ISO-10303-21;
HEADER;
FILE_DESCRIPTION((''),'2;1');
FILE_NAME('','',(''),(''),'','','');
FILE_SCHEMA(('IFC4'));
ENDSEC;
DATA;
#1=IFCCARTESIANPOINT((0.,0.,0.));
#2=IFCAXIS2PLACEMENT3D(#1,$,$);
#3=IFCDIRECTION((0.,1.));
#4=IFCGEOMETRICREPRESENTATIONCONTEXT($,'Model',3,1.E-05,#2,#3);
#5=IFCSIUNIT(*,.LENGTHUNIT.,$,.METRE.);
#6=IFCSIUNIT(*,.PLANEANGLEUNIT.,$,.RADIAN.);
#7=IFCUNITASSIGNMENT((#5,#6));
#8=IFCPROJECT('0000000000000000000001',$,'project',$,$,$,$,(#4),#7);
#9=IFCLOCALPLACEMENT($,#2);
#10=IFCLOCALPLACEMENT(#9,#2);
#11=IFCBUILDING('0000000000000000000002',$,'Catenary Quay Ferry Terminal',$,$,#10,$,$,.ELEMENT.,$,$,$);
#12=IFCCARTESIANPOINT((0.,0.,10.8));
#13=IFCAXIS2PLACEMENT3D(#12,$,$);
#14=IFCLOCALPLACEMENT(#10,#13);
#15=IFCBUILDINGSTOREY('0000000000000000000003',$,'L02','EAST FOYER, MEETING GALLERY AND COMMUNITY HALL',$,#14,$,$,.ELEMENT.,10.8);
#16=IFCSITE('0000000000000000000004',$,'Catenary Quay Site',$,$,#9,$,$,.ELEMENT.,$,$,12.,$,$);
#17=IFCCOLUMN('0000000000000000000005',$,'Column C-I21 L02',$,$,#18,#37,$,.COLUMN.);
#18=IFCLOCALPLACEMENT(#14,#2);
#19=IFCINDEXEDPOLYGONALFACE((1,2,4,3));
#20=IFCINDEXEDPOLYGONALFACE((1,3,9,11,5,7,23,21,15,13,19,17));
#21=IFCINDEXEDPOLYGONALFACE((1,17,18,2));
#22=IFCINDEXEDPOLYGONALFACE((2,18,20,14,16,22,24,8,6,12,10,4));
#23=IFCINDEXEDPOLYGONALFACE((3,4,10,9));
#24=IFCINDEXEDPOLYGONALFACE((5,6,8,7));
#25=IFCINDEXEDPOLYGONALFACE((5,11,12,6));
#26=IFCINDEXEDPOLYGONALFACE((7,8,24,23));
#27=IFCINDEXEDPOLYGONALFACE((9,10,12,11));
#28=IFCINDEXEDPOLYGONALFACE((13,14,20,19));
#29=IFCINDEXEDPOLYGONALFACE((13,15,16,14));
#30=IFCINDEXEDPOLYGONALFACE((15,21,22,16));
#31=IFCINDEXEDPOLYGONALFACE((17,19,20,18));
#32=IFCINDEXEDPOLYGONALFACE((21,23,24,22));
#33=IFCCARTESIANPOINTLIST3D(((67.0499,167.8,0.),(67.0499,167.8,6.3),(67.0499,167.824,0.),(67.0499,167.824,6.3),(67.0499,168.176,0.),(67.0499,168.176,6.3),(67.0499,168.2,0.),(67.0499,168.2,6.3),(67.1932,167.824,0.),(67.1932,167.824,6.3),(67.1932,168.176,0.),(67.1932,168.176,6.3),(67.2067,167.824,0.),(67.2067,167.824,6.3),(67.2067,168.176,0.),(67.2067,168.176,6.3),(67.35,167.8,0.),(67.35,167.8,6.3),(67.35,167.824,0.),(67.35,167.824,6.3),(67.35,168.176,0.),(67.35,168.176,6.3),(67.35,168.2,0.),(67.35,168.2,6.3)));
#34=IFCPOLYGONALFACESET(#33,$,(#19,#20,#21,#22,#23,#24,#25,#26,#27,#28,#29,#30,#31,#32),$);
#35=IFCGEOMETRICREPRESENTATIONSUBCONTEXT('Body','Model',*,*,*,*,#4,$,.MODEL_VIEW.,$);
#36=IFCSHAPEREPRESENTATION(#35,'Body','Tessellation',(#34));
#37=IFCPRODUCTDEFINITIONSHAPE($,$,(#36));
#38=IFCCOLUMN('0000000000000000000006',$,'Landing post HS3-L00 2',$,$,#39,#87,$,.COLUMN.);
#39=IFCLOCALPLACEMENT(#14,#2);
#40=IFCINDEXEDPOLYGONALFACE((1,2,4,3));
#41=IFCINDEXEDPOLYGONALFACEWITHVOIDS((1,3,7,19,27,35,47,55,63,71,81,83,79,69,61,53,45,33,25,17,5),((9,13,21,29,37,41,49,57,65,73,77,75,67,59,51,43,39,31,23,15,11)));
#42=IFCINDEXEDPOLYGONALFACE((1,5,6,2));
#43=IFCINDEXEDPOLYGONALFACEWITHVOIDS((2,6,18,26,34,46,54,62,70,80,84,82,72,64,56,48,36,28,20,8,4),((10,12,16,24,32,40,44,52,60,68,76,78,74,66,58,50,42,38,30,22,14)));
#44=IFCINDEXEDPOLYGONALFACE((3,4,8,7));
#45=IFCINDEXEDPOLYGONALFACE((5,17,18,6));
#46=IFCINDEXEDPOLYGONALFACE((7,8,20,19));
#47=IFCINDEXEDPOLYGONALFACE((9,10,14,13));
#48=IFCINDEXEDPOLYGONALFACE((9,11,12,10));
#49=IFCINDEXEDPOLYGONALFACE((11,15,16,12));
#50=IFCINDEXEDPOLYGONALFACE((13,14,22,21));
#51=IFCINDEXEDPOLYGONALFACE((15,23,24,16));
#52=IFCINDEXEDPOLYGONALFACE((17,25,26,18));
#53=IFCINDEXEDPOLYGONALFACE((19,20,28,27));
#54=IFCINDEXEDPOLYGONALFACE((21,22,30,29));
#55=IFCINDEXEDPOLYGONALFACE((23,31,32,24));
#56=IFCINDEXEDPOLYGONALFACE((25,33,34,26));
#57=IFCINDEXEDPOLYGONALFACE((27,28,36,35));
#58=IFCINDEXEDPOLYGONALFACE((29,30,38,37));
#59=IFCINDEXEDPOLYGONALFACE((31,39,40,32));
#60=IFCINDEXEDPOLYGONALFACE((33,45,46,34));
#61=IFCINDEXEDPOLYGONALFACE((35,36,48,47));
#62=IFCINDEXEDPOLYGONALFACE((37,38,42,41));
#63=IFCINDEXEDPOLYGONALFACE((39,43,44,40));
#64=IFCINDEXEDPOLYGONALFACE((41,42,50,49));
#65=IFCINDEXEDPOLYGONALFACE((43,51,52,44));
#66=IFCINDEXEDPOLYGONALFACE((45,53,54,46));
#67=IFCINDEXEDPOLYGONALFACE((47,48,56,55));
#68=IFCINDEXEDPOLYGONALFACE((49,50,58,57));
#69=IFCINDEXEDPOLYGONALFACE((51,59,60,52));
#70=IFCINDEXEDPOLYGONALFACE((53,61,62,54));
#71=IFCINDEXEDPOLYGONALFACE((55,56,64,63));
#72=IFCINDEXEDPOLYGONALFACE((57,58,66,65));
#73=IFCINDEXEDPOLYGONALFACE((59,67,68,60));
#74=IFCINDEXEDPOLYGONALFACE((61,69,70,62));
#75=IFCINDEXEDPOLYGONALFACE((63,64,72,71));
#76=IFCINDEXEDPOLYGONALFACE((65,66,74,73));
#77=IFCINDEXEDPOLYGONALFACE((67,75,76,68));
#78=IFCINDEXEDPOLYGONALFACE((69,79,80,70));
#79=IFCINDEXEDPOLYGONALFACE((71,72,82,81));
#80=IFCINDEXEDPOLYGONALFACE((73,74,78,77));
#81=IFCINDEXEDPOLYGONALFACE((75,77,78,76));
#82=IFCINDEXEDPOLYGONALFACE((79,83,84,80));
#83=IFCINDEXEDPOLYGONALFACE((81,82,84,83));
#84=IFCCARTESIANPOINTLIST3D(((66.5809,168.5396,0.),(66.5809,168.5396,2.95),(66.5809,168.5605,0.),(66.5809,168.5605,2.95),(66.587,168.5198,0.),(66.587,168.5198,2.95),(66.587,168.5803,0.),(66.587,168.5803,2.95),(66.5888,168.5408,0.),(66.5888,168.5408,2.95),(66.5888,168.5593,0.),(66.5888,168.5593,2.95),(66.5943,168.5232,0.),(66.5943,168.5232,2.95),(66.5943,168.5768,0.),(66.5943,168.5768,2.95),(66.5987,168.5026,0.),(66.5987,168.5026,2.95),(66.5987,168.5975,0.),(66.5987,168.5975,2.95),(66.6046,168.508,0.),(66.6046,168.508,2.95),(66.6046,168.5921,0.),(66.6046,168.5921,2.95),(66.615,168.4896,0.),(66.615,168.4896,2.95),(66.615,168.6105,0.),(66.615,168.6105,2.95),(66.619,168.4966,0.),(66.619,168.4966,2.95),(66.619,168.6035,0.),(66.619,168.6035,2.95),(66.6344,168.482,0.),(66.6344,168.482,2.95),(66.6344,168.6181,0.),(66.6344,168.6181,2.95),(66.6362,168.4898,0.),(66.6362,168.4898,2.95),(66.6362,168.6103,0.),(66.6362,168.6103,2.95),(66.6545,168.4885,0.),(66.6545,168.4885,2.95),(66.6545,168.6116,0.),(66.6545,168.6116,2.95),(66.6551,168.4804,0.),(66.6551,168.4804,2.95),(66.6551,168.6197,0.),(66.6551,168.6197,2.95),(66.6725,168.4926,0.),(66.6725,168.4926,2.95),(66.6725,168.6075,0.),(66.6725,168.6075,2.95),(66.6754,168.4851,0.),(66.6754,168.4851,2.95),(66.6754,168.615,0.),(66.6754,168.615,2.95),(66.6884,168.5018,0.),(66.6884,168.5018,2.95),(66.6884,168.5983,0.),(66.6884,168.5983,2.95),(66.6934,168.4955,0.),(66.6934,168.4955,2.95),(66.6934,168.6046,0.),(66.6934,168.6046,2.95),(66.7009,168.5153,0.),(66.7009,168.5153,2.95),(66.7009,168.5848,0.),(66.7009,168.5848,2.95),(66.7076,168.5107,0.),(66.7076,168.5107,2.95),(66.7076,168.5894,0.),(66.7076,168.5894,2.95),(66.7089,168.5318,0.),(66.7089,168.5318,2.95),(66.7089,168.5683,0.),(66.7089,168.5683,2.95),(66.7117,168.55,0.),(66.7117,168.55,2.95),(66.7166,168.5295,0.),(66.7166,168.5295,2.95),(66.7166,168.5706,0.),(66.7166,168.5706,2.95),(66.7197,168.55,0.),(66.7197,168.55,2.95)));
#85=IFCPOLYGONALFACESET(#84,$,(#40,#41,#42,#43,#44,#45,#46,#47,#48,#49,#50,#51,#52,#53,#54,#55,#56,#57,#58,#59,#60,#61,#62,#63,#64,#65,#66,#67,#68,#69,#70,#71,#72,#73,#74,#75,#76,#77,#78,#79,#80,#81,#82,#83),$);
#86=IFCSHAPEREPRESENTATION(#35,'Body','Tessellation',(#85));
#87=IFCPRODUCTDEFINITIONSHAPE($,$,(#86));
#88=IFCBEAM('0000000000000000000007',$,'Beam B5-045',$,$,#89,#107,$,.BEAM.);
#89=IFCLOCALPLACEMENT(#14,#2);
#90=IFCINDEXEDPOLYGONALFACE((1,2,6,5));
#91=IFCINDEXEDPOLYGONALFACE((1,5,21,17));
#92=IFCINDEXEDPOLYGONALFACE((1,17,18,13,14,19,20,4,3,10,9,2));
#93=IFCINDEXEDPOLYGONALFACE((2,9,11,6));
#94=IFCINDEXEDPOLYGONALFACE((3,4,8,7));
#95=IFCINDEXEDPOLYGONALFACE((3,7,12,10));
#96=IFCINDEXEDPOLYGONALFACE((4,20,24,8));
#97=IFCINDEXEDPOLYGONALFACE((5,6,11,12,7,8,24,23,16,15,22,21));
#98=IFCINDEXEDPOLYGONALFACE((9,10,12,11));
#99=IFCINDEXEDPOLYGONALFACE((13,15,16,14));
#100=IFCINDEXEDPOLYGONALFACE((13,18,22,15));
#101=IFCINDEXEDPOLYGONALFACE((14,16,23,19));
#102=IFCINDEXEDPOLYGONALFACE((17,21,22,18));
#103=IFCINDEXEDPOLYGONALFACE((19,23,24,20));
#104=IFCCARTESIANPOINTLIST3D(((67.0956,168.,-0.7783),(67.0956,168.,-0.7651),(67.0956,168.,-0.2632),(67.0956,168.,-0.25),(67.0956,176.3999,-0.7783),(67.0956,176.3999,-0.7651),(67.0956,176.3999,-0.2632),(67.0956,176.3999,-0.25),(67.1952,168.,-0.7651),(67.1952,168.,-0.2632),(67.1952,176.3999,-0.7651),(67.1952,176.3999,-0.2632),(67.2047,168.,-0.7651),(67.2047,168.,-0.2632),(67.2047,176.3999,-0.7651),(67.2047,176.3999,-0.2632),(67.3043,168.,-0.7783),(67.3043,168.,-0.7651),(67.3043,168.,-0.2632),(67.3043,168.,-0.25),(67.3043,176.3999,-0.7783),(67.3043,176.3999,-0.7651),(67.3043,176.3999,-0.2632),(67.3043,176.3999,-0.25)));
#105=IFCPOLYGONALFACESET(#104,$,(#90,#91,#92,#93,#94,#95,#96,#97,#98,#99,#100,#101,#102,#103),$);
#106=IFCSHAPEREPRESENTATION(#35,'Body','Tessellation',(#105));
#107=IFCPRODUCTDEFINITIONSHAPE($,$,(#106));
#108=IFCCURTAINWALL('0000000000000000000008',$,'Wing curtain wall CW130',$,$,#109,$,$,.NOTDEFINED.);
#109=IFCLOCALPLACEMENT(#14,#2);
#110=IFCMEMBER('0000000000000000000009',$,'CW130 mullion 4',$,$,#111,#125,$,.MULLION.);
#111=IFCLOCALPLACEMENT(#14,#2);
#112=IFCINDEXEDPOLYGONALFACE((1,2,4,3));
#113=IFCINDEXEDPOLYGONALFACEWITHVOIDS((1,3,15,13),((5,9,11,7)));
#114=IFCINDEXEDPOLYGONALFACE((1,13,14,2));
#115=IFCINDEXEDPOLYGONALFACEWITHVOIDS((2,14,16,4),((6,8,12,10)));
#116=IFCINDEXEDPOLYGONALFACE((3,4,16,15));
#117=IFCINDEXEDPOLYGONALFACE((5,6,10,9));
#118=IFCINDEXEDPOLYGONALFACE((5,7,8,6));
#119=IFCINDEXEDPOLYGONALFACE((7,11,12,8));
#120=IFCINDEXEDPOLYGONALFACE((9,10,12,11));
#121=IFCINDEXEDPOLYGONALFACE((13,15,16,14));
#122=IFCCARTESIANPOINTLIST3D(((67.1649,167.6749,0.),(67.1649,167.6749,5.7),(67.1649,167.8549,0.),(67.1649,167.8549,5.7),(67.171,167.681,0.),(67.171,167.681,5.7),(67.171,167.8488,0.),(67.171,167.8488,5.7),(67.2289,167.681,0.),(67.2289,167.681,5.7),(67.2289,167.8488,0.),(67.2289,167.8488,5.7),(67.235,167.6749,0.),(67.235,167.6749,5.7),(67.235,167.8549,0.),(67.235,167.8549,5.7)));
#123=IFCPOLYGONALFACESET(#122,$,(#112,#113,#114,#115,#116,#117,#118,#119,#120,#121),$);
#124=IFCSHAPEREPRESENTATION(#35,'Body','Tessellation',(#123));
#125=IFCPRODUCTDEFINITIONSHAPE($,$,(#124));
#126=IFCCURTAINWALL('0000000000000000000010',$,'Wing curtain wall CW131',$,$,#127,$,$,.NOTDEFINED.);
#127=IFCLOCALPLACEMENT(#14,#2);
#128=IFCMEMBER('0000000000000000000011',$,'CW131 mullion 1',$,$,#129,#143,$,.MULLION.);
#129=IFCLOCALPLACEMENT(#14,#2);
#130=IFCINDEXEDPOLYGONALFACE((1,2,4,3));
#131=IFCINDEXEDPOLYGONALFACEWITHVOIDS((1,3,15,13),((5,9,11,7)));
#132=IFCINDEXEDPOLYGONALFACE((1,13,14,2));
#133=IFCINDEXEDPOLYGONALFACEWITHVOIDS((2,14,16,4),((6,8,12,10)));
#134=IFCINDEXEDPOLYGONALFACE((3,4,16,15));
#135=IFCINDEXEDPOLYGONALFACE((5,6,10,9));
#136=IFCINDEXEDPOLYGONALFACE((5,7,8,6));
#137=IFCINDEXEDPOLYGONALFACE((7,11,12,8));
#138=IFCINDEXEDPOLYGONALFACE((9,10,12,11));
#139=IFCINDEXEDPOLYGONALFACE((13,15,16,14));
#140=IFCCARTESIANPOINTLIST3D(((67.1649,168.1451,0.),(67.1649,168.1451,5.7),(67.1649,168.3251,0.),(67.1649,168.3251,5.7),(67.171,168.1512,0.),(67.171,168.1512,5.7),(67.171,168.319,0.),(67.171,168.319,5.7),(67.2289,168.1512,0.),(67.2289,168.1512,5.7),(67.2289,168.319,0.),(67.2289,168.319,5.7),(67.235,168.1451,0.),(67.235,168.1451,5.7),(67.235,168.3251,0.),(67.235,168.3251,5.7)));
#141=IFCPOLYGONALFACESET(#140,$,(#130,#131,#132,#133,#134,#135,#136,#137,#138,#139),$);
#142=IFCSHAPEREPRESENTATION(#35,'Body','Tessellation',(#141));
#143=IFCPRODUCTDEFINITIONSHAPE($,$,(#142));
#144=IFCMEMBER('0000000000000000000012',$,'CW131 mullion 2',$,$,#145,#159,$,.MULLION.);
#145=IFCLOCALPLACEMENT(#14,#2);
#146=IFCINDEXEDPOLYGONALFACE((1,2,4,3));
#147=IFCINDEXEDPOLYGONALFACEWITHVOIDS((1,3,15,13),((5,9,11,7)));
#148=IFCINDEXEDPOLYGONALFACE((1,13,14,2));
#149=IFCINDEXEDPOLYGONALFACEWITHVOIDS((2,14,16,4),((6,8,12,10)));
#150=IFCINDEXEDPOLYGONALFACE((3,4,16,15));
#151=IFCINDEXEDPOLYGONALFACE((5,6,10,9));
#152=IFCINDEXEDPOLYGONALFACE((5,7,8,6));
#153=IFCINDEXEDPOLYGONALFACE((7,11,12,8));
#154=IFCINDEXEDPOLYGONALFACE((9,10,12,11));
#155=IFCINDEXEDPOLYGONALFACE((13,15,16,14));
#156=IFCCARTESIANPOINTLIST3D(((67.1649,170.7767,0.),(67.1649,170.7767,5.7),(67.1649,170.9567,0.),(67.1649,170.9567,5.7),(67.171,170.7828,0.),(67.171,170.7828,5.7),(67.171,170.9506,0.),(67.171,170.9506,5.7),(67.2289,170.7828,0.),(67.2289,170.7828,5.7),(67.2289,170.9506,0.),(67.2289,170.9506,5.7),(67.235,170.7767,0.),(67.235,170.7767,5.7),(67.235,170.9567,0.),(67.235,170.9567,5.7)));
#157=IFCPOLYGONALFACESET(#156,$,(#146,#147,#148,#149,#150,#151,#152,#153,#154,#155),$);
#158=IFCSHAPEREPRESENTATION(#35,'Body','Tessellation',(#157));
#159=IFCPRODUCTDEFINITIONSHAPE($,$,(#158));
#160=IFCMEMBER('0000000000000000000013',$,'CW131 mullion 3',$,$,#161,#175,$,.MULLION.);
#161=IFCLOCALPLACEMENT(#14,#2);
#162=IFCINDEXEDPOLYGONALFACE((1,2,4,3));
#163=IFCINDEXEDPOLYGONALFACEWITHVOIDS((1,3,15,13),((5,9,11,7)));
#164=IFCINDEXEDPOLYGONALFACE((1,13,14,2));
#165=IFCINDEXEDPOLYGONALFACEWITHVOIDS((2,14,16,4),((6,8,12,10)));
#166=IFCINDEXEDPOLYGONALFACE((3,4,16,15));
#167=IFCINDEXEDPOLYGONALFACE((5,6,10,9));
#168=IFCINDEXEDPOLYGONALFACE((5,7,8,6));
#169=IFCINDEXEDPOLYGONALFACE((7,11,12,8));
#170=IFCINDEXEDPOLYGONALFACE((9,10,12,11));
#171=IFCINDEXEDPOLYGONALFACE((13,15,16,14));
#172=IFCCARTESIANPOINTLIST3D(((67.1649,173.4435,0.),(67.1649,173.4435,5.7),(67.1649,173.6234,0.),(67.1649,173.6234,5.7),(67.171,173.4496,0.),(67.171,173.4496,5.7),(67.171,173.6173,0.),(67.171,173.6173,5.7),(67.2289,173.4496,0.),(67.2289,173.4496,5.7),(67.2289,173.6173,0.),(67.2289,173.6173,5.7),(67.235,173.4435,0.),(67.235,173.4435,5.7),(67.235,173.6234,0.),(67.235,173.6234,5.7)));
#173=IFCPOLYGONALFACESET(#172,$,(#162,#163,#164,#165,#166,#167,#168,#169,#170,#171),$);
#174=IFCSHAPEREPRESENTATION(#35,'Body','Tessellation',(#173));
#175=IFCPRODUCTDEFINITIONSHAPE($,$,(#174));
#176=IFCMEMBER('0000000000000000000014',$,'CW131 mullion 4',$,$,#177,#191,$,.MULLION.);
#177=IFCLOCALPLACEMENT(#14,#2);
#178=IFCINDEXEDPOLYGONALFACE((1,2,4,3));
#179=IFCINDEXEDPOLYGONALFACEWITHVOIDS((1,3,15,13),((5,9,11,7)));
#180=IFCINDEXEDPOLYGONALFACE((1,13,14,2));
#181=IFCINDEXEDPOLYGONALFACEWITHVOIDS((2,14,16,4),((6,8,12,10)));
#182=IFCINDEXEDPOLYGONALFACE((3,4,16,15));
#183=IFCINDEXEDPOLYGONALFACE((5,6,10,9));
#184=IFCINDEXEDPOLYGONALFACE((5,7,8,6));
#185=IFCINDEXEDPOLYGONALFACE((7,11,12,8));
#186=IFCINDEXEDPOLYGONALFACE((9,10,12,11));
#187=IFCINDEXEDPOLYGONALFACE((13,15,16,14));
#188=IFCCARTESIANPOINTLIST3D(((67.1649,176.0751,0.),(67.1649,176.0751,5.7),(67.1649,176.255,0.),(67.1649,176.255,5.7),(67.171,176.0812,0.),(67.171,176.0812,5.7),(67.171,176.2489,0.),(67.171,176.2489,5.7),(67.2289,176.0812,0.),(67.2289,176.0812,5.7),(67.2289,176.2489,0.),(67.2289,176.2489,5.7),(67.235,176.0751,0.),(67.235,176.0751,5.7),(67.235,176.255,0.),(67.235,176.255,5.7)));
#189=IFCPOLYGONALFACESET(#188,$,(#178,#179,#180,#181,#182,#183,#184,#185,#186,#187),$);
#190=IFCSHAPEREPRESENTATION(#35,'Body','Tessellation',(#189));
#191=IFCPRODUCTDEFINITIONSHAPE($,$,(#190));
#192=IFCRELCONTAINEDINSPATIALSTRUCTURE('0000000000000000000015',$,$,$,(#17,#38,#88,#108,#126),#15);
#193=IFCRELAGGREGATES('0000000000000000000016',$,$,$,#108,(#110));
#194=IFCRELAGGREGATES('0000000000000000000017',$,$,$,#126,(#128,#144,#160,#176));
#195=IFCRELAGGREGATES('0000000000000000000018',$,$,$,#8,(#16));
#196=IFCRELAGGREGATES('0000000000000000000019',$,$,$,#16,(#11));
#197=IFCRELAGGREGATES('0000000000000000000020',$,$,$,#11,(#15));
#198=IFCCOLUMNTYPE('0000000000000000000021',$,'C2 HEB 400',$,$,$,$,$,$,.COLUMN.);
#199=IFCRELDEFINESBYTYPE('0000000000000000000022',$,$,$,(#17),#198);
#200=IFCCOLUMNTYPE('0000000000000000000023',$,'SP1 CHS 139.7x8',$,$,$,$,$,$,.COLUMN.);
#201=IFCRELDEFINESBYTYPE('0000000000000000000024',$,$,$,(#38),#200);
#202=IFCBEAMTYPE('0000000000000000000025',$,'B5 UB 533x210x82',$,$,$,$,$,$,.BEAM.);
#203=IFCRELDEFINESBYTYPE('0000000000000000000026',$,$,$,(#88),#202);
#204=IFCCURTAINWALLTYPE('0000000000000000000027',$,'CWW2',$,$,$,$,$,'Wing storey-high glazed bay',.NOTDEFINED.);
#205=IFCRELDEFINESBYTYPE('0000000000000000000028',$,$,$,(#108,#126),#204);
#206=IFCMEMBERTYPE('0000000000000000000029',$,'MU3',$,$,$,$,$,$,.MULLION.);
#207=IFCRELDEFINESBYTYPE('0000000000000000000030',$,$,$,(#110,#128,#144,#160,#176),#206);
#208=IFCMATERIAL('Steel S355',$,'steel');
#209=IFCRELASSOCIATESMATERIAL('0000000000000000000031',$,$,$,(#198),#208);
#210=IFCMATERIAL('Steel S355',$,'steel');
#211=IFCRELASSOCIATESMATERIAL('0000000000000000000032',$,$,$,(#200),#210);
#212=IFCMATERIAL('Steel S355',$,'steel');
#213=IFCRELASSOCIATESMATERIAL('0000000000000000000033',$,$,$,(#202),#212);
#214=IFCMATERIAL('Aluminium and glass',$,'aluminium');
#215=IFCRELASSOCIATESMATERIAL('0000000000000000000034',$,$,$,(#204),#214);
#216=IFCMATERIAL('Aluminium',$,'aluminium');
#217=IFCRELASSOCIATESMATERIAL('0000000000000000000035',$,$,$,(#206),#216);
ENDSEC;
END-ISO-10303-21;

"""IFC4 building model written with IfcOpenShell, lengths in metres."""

from ifc_helpers import new_model, si_unit, direction, frame, origin, origin_2d, place, context, subcontext, project, spatial, hollow_rectangle, hollow_circle, i_section, extrude, material, material_profile, profile_set, type_object, element, aggregate, save


model = new_model("IFC4")

# Units and contexts
model_context = context("Model", 3, precision=1e-05, world=origin(), true_north=direction((0.0, 1.0)))
body_context = subcontext(model_context, "Body", "Model", "MODEL_VIEW")
ifc_project = project(units=[si_unit("LENGTHUNIT", "METRE"), si_unit("PLANEANGLEUNIT", "RADIAN")], contexts=[model_context])

# Site, building, storey
site_placement = place(None, origin())
site = spatial("IfcSite", under=ifc_project, at=site_placement, Name="Catenary Quay Site", CompositionType="ELEMENT", RefElevation=12.0)
building_placement = place(site_placement, origin())
building = spatial("IfcBuilding", under=site, at=building_placement, Name="Catenary Quay Ferry Terminal", CompositionType="ELEMENT")
storey_placement = place(building_placement, frame((0.0, 0.0, 10.8)))
storey = spatial("IfcBuildingStorey", under=building, at=storey_placement, Name="L02", Description="EAST FOYER, MEETING GALLERY AND COMMUNITY HALL", CompositionType="ELEMENT", Elevation=10.8)

# Columns
ifc_material_1 = material(Name="Steel S355", Category="steel")
ifc_material_profile_1 = material_profile(ifc_material_1, i_section(OverallWidth=0.3, OverallDepth=0.3999, WebThickness=0.0134, FlangeThickness=0.0239, at=origin_2d()), Name="HEB 400")
ifc_profile_set_1 = profile_set([ifc_material_profile_1], Name="Steel S355")
column_type_1 = type_object("IfcColumnType", Name="C2 HEB 400", PredefinedType="COLUMN", material=ifc_profile_set_1)
column_1_placement = place(storey_placement, frame((67.2, 168.0, 0.0), z_axis=(0.0, 0.0, 1.0), x_axis=(1.0, 0.0, 0.0)))
element("IfcColumn", 1, at=column_1_placement, inside=storey, type_object=column_type_1, Name="Column C-I21 L02", PredefinedType="COLUMN", context=body_context, shape_type="SweptSolid", body=[
    extrude(i_section(OverallWidth=0.3, OverallDepth=0.3999, WebThickness=0.0134, FlangeThickness=0.0239, at=origin_2d()), origin(), (0.0, 0.0, 1.0), 6.3),
])
ifc_material_2 = material(Name="Steel S355", Category="steel")
ifc_material_profile_2 = material_profile(ifc_material_2, hollow_circle(Radius=0.0698, WallThickness=0.0081, at=origin_2d()), Name="CHS 139.7x8")
ifc_profile_set_2 = profile_set([ifc_material_profile_2], Name="Steel S355")
column_type_2 = type_object("IfcColumnType", Name="SP1 CHS 139.7x8", PredefinedType="COLUMN", material=ifc_profile_set_2)
column_2_placement = place(storey_placement, frame((66.6499, 168.55, 0.0), z_axis=(0.0, 0.0, 1.0), x_axis=(1.0, 0.0, 0.0)))
element("IfcColumn", 2, at=column_2_placement, inside=storey, type_object=column_type_2, Name="Landing post HS3-L00 2", PredefinedType="COLUMN", context=body_context, shape_type="SweptSolid", body=[
    extrude(hollow_circle(Radius=0.0698, WallThickness=0.0081, at=origin_2d()), origin(), (0.0, 0.0, 1.0), 2.95),
])

# Beam
ifc_material_3 = material(Name="Steel S355", Category="steel")
ifc_material_profile_3 = material_profile(ifc_material_3, i_section(OverallWidth=0.2087, OverallDepth=0.5283, WebThickness=0.0095, FlangeThickness=0.0132, at=origin_2d()), Name="UB 533x210x82")
ifc_profile_set_3 = profile_set([ifc_material_profile_3], Name="Steel S355")
beam_type = type_object("IfcBeamType", Name="B5 UB 533x210x82", PredefinedType="BEAM", material=ifc_profile_set_3)
beam_placement = place(storey_placement, frame((67.2, 168.0, -0.5142), z_axis=(0.0, 1.0, 0.0), x_axis=(-1.0, 0.0, 0.0)))
element("IfcBeam", 3, at=beam_placement, inside=storey, type_object=beam_type, Name="Beam B5-045", PredefinedType="BEAM", context=body_context, shape_type="SweptSolid", body=[
    extrude(i_section(OverallWidth=0.2087, OverallDepth=0.5283, WebThickness=0.0095, FlangeThickness=0.0132, at=origin_2d()), origin(), (0.0, 0.0, 1.0), 8.3999),
])

# Curtain wall, member
ifc_material_4 = material(Name="Aluminium and glass", Category="aluminium")
curtain_wall_type = type_object("IfcCurtainWallType", Name="CWW2", ElementType="Wing storey-high glazed bay", PredefinedType="NOTDEFINED", material=ifc_material_4)
curtain_wall_1_placement = place(storey_placement, origin())
curtain_wall_1 = element("IfcCurtainWall", 4, at=curtain_wall_1_placement, inside=storey, type_object=curtain_wall_type, Name="Wing curtain wall CW130", PredefinedType="NOTDEFINED")
ifc_material_5 = material(Name="Aluminium", Category="aluminium")
ifc_material_profile_4 = material_profile(ifc_material_5, hollow_rectangle(XDim=0.0701, YDim=0.1799, WallThickness=0.0061, at=origin_2d()), Name="MU3")
ifc_profile_set_4 = profile_set([ifc_material_profile_4], Name="Aluminium")
member_type_1 = type_object("IfcMemberType", Name="MU3", PredefinedType="MULLION", material=ifc_profile_set_4)
member_1_placement = place(storey_placement, frame((67.2, 167.7649, 0.0), z_axis=(0.0, 0.0, 1.0), x_axis=(-1.0, 0.0, 0.0)))
member_1 = element("IfcMember", 5, at=member_1_placement, type_object=member_type_1, Name="CW130 mullion 4", PredefinedType="MULLION", context=body_context, shape_type="SweptSolid", body=[
    extrude(hollow_rectangle(XDim=0.0701, YDim=0.1799, WallThickness=0.0061, at=origin_2d()), origin(), (0.0, 0.0, 1.0), 5.7),
])

# Curtain wall, members
curtain_wall_2_placement = place(storey_placement, origin())
curtain_wall_2 = element("IfcCurtainWall", 6, at=curtain_wall_2_placement, inside=storey, type_object=curtain_wall_type, Name="Wing curtain wall CW131", PredefinedType="NOTDEFINED")
member_2_placement = place(storey_placement, frame((67.2, 168.2351, 0.0), z_axis=(0.0, 0.0, 1.0), x_axis=(-1.0, 0.0, 0.0)))
member_2 = element("IfcMember", 7, at=member_2_placement, type_object=member_type_1, Name="CW131 mullion 1", PredefinedType="MULLION", context=body_context, shape_type="SweptSolid", body=[
    extrude(hollow_rectangle(XDim=0.0701, YDim=0.1799, WallThickness=0.0061, at=origin_2d()), origin(), (0.0, 0.0, 1.0), 5.7),
])
member_3_placement = place(storey_placement, frame((67.2, 170.8667, 0.0), z_axis=(0.0, 0.0, 1.0), x_axis=(-1.0, 0.0, 0.0)))
member_3 = element("IfcMember", 8, at=member_3_placement, type_object=member_type_1, Name="CW131 mullion 2", PredefinedType="MULLION", context=body_context, shape_type="SweptSolid", body=[
    extrude(hollow_rectangle(XDim=0.0701, YDim=0.1799, WallThickness=0.0061, at=origin_2d()), origin(), (0.0, 0.0, 1.0), 5.7),
])
member_4_placement = place(storey_placement, frame((67.2, 173.5334, 0.0), z_axis=(0.0, 0.0, 1.0), x_axis=(-1.0, 0.0, 0.0)))
member_4 = element("IfcMember", 9, at=member_4_placement, type_object=member_type_1, Name="CW131 mullion 3", PredefinedType="MULLION", context=body_context, shape_type="SweptSolid", body=[
    extrude(hollow_rectangle(XDim=0.0701, YDim=0.1799, WallThickness=0.0061, at=origin_2d()), origin(), (0.0, 0.0, 1.0), 5.7),
])
member_5_placement = place(storey_placement, frame((67.2, 176.165, 0.0), z_axis=(0.0, 0.0, 1.0), x_axis=(-1.0, 0.0, 0.0)))
member_5 = element("IfcMember", 10, at=member_5_placement, type_object=member_type_1, Name="CW131 mullion 4", PredefinedType="MULLION", context=body_context, shape_type="SweptSolid", body=[
    extrude(hollow_rectangle(XDim=0.0701, YDim=0.1799, WallThickness=0.0061, at=origin_2d()), origin(), (0.0, 0.0, 1.0), 5.7),
])

aggregate(curtain_wall_1, [member_1])
aggregate(curtain_wall_2, [member_2, member_3, member_4, member_5])

save(model, "model.ifc")
